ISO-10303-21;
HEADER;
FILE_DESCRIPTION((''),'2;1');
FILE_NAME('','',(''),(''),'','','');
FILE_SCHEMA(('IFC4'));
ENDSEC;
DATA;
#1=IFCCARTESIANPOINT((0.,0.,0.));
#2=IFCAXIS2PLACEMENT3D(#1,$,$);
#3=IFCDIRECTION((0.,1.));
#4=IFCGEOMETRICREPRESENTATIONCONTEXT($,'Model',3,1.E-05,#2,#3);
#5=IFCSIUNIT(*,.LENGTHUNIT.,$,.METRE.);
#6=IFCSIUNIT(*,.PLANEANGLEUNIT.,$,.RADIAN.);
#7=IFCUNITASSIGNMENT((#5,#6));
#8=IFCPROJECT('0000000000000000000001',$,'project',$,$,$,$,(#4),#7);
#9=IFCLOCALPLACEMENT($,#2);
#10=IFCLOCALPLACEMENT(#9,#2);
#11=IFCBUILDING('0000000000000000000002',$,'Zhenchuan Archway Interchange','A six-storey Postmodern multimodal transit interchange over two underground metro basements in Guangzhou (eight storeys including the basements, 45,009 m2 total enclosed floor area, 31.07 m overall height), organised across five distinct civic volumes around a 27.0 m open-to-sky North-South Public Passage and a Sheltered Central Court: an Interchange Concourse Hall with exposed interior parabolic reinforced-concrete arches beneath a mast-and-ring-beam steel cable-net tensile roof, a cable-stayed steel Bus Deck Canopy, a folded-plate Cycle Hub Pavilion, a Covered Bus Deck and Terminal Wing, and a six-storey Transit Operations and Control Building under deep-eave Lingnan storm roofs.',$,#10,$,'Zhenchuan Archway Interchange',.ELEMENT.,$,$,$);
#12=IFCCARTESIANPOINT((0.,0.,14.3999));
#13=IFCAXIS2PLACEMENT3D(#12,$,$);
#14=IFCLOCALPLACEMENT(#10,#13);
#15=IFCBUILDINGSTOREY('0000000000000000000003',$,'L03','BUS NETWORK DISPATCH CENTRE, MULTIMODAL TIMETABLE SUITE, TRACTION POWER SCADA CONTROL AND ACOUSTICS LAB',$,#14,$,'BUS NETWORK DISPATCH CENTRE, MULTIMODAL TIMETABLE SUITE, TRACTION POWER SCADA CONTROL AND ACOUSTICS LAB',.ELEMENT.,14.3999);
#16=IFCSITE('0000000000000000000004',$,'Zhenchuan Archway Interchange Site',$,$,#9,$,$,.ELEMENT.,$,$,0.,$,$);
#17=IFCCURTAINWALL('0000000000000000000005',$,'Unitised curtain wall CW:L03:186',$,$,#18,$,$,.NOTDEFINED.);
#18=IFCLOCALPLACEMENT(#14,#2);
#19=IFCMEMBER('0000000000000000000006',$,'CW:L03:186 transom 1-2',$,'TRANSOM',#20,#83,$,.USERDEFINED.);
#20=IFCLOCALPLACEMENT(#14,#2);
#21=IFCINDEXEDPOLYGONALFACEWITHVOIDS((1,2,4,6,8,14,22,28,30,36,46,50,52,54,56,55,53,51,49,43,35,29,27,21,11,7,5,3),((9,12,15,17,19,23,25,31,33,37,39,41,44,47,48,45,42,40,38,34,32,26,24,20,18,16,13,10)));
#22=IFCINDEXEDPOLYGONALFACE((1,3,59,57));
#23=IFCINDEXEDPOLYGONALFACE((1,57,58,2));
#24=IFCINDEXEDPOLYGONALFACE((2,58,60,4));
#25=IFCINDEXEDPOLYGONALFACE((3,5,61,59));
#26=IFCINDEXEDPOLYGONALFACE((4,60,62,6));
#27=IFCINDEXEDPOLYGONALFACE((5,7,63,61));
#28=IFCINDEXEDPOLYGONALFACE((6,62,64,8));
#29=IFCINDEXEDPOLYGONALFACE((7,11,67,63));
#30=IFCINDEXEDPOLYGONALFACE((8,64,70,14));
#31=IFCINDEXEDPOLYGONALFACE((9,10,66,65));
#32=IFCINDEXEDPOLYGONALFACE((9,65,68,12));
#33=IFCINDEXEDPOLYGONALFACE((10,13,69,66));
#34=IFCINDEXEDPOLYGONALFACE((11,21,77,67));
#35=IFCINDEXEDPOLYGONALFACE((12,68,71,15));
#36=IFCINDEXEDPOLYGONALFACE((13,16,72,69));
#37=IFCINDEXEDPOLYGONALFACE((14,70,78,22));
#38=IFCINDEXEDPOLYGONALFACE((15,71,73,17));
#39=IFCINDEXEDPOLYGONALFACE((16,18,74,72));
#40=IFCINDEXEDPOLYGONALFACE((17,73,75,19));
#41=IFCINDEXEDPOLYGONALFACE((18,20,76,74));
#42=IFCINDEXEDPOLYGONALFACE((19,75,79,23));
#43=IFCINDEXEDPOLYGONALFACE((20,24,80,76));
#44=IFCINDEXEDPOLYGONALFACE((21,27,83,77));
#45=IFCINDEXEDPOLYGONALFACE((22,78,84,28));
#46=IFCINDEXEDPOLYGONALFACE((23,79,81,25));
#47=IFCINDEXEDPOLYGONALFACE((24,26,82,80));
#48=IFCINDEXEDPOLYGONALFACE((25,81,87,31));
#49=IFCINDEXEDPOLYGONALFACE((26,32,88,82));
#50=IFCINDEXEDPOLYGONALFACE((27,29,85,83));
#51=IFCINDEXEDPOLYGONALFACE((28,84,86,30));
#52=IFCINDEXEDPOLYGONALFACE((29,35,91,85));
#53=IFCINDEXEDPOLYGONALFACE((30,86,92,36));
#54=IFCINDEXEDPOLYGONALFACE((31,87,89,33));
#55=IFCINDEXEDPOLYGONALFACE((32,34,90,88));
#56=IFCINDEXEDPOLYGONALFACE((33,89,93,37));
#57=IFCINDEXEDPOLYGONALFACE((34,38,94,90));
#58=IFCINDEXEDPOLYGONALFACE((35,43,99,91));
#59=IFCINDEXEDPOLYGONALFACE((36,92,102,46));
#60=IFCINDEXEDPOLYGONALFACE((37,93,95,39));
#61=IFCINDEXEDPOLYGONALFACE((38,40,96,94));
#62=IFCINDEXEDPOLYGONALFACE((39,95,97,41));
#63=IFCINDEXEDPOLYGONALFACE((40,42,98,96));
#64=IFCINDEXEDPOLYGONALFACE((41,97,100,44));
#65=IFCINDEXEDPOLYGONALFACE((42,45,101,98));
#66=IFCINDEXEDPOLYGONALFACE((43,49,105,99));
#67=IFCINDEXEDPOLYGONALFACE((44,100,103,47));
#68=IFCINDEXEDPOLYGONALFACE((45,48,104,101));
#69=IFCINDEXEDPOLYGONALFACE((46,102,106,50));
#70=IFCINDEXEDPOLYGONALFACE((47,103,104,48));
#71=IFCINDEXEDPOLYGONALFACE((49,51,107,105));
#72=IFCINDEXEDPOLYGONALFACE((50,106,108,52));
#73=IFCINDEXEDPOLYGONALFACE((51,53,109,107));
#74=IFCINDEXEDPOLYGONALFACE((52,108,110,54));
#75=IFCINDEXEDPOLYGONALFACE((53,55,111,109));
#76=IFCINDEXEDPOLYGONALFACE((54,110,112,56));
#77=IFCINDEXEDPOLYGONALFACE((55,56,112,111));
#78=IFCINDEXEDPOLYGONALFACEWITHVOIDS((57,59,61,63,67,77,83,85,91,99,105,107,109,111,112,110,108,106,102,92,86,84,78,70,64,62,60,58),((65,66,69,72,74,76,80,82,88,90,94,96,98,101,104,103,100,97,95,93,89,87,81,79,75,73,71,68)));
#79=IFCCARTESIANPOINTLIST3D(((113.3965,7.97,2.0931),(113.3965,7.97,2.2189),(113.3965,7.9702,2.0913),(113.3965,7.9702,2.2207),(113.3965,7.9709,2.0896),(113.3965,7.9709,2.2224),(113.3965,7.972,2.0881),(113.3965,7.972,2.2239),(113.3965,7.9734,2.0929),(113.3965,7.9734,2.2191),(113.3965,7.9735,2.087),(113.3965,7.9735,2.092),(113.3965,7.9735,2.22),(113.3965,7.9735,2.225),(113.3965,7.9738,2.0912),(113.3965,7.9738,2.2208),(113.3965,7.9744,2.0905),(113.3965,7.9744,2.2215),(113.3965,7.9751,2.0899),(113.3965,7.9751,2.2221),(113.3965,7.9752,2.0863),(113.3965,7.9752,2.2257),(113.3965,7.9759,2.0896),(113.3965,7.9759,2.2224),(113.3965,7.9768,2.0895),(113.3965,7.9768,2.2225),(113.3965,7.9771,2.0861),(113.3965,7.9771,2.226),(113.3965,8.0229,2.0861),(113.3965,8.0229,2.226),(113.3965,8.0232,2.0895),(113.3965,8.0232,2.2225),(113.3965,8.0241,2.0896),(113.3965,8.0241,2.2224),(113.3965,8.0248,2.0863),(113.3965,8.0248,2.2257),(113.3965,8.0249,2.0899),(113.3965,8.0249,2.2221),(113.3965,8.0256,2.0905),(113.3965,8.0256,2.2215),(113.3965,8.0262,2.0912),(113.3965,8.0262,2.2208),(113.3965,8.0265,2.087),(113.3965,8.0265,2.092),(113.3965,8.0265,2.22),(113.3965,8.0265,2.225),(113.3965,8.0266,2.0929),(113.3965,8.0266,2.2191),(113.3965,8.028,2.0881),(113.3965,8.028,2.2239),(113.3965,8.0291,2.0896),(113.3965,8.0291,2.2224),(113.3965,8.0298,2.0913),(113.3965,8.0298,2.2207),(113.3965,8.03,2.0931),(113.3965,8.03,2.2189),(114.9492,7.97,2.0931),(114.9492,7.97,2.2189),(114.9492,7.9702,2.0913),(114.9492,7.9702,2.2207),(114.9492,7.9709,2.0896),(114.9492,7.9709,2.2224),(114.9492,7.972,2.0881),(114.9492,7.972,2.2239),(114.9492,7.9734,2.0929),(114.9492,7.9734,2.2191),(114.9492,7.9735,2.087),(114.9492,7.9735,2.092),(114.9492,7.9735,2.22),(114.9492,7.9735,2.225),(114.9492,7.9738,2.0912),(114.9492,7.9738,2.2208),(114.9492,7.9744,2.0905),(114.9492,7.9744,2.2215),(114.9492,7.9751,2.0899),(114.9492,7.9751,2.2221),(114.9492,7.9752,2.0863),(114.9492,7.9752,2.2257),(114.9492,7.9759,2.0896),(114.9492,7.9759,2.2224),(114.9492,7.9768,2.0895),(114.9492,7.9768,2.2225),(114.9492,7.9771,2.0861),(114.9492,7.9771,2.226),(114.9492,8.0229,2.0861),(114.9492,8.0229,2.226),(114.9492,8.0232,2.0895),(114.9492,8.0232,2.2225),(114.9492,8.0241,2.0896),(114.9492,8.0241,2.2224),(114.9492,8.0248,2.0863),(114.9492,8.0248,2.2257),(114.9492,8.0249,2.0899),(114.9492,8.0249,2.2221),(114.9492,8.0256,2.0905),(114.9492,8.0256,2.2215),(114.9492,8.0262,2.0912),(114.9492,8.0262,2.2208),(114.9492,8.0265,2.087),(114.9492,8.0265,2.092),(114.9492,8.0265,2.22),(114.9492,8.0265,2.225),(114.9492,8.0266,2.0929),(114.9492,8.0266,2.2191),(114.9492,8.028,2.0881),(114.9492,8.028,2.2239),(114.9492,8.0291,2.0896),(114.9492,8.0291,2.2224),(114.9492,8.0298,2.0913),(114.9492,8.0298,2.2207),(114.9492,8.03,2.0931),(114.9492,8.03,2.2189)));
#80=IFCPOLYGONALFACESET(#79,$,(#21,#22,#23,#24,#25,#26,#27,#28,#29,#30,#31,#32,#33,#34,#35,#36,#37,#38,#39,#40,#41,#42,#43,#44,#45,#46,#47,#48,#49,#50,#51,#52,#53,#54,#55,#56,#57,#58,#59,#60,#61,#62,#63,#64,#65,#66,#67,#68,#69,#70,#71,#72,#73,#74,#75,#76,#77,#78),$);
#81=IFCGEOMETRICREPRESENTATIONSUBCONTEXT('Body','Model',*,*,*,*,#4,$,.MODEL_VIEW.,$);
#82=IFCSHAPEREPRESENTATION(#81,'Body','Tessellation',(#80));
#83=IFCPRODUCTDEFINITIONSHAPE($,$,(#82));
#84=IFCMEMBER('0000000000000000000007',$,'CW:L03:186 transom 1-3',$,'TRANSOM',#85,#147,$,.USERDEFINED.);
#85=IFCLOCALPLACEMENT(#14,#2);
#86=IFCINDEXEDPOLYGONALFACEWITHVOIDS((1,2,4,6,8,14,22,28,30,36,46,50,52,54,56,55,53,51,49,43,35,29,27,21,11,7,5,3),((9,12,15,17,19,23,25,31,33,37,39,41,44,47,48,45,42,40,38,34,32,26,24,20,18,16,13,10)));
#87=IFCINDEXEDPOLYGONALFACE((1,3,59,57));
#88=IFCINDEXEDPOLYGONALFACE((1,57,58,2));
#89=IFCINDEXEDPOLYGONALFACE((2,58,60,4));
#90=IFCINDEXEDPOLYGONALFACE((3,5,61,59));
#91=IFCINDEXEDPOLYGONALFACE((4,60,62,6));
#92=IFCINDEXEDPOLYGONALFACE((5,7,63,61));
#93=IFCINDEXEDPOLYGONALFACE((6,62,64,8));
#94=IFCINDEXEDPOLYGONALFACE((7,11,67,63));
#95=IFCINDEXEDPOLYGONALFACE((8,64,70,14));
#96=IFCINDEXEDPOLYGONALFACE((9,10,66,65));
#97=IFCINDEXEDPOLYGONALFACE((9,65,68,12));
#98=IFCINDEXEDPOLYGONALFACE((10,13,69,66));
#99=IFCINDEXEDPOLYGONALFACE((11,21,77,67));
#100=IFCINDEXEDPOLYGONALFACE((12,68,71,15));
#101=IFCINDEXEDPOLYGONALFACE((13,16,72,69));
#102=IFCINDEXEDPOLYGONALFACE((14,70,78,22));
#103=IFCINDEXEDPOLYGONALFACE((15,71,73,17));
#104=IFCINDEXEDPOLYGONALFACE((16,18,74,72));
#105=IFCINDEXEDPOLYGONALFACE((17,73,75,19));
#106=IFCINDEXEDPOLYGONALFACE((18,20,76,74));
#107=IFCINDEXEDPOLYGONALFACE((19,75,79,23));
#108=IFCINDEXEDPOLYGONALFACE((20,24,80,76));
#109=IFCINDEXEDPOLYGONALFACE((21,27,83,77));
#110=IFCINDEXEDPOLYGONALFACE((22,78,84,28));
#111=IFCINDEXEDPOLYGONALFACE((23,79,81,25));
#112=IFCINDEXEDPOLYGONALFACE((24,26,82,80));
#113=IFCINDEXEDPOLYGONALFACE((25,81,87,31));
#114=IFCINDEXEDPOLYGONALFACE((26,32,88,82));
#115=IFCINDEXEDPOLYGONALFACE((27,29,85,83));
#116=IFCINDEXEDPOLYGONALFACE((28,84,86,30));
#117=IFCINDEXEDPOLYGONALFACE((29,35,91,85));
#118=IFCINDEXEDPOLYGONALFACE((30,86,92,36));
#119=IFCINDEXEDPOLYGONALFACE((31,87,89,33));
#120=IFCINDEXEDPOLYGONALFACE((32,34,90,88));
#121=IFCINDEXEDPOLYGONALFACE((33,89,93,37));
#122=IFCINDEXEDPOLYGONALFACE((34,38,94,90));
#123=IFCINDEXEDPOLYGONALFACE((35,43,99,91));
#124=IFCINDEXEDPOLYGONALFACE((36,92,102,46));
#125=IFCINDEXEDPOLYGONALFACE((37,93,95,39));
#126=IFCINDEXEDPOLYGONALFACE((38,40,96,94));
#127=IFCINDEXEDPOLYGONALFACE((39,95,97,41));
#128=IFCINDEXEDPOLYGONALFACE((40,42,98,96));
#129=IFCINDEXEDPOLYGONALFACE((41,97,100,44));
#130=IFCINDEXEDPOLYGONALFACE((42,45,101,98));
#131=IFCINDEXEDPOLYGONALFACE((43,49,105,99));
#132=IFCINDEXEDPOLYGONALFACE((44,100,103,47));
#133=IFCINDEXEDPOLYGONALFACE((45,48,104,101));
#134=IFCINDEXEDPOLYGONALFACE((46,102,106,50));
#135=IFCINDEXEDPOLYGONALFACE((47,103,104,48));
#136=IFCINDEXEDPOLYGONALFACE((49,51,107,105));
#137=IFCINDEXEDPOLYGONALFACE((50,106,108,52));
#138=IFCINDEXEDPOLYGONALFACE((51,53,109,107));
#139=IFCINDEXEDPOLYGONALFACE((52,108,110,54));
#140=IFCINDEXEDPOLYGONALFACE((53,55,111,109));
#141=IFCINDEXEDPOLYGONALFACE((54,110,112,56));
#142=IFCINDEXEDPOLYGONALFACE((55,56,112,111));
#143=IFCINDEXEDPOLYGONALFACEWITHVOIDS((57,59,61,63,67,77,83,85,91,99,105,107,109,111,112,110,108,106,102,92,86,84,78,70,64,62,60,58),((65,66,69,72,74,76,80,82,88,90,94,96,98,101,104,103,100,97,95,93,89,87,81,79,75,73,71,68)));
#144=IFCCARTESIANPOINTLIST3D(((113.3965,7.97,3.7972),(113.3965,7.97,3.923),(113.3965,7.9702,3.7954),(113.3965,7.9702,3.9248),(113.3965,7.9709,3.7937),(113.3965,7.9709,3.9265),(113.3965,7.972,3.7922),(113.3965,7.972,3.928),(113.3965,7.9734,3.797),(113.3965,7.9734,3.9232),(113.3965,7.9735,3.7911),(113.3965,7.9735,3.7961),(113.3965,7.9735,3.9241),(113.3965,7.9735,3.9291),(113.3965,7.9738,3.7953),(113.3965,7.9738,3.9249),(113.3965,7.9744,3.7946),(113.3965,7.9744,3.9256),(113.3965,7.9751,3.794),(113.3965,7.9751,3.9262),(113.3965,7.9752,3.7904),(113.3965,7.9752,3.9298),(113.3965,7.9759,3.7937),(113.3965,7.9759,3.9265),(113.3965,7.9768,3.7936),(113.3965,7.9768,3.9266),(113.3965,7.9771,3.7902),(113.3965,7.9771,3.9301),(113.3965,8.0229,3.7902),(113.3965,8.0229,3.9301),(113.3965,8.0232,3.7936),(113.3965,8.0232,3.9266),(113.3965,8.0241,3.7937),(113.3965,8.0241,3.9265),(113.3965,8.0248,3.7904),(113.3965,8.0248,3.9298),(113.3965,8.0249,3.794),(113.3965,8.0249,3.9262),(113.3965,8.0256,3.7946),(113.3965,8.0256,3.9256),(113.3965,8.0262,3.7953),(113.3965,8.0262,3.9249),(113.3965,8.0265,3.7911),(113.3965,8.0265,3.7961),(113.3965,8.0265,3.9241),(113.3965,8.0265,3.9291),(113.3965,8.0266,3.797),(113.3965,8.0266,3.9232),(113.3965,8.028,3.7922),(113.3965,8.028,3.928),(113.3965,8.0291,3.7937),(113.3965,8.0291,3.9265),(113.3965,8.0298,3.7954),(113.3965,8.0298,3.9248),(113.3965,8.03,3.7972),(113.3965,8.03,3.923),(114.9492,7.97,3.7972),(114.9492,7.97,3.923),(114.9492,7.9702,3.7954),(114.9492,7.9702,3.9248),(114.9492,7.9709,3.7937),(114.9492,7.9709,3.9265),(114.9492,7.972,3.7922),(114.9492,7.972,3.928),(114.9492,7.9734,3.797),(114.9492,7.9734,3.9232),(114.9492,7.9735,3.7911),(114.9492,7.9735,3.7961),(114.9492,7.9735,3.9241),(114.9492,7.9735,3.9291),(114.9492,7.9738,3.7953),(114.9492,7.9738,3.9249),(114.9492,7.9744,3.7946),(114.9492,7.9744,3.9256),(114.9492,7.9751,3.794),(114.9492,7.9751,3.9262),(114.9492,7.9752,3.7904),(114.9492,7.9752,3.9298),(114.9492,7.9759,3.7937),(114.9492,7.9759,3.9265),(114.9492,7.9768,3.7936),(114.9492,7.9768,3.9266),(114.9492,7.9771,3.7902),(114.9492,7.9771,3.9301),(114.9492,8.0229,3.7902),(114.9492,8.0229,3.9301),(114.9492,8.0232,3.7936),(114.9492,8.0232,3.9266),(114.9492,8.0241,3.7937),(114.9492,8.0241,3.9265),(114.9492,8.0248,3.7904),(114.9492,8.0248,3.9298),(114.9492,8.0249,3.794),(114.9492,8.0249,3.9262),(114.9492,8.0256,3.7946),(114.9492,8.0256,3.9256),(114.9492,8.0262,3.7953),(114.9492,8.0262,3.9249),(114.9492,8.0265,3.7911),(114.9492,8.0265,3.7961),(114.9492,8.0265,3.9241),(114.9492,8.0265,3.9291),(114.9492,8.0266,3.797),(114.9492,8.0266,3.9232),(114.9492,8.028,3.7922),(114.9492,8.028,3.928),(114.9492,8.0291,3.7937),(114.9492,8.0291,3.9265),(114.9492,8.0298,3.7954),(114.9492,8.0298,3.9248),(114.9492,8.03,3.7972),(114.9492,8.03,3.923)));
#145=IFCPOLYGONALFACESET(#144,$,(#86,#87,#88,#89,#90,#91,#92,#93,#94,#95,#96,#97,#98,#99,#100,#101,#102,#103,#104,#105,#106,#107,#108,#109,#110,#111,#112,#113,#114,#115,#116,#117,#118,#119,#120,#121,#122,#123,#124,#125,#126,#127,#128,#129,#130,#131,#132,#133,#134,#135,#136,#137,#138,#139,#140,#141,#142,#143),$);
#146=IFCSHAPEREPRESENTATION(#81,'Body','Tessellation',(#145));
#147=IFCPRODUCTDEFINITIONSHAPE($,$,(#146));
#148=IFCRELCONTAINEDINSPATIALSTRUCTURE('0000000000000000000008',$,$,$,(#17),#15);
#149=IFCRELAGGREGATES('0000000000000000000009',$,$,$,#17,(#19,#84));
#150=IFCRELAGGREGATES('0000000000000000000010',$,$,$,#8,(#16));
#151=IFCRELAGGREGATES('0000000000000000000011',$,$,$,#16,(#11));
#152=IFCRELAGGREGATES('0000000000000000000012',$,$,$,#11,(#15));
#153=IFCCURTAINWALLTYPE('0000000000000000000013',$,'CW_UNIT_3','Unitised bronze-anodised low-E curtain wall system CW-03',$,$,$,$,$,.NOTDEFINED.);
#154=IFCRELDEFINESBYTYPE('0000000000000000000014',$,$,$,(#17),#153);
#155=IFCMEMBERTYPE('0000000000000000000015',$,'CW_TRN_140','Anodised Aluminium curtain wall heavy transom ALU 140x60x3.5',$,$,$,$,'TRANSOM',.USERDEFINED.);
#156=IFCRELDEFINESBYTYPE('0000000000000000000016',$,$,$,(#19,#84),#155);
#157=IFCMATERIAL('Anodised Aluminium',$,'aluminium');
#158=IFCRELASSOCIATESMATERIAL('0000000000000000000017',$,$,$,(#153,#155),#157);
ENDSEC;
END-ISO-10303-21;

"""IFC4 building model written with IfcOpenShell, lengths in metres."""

from ifc_helpers import new_model, si_unit, direction, frame, origin, origin_2d, place, context, subcontext, project, spatial, hollow_rectangle, extrude, material, material_profile, profile_set, type_object, element, aggregate, save


model = new_model("IFC4")

# Units and contexts
model_context = context("Model", 3, precision=1e-05, world=origin(), true_north=direction((0.0, 1.0)))
body_context = subcontext(model_context, "Body", "Model", "MODEL_VIEW")
ifc_project = project(units=[si_unit("LENGTHUNIT", "METRE"), si_unit("PLANEANGLEUNIT", "RADIAN")], contexts=[model_context])

# Site, building, storey
site_placement = place(None, origin())
site = spatial("IfcSite", under=ifc_project, at=site_placement, Name="Zhenchuan Archway Interchange Site", CompositionType="ELEMENT", RefElevation=0.0)
building_placement = place(site_placement, origin())
building = spatial("IfcBuilding", under=site, at=building_placement, Name="Zhenchuan Archway Interchange", Description="A six-storey Postmodern multimodal transit interchange over two underground metro basements in Guangzhou (eight storeys including the basements, 45,009 m2 total enclosed floor area, 31.07 m overall height), organised across five distinct civic volumes around a 27.0 m open-to-sky North-South Public Passage and a Sheltered Central Court: an Interchange Concourse Hall with exposed interior parabolic reinforced-concrete arches beneath a mast-and-ring-beam steel cable-net tensile roof, a cable-stayed steel Bus Deck Canopy, a folded-plate Cycle Hub Pavilion, a Covered Bus Deck and Terminal Wing, and a six-storey Transit Operations and Control Building under deep-eave Lingnan storm roofs.", LongName="Zhenchuan Archway Interchange", CompositionType="ELEMENT")
storey_placement = place(building_placement, frame((0.0, 0.0, 14.3999)))
storey = spatial("IfcBuildingStorey", under=building, at=storey_placement, Name="L03", Description="BUS NETWORK DISPATCH CENTRE, MULTIMODAL TIMETABLE SUITE, TRACTION POWER SCADA CONTROL AND ACOUSTICS LAB", LongName="BUS NETWORK DISPATCH CENTRE, MULTIMODAL TIMETABLE SUITE, TRACTION POWER SCADA CONTROL AND ACOUSTICS LAB", CompositionType="ELEMENT", Elevation=14.3999)

# Curtain wall, members
ifc_material_1 = material(Name="Anodised Aluminium", Category="aluminium")
curtain_wall_type = type_object("IfcCurtainWallType", Name="CW_UNIT_3", Description="Unitised bronze-anodised low-E curtain wall system CW-03", PredefinedType="NOTDEFINED", material=ifc_material_1)
curtain_wall_placement = place(storey_placement, origin())
curtain_wall = element("IfcCurtainWall", 1, at=curtain_wall_placement, inside=storey, type_object=curtain_wall_type, Name="Unitised curtain wall CW:L03:186", PredefinedType="NOTDEFINED")
ifc_material_profile_1 = material_profile(ifc_material_1, hollow_rectangle(XDim=0.0601, YDim=0.1399, WallThickness=0.0034, InnerFilletRadius=0.0034, OuterFilletRadius=0.0071, at=origin_2d()), Name="ALU 140x60x3.5")
ifc_profile_set_1 = profile_set([ifc_material_profile_1], Name="Anodised Aluminium")
member_type_1 = type_object("IfcMemberType", Name="CW_TRN_140", Description="Anodised Aluminium curtain wall heavy transom ALU 140x60x3.5", ElementType="TRANSOM", PredefinedType="USERDEFINED", material=ifc_profile_set_1)
member_1_placement = place(storey_placement, frame((114.9492, 8.0, 2.156), z_axis=(-1.0, 0.0, 0.0), x_axis=(0.0, -1.0, 0.0)))
member_1 = element("IfcMember", 2, at=member_1_placement, type_object=member_type_1, Name="CW:L03:186 transom 1-2", ObjectType="TRANSOM", PredefinedType="USERDEFINED", context=body_context, shape_type="SweptSolid", body=[
    extrude(hollow_rectangle(XDim=0.0601, YDim=0.1399, WallThickness=0.0034, InnerFilletRadius=0.0034, OuterFilletRadius=0.0071, at=origin_2d()), origin(), (0.0, 0.0, 1.0), 1.5527),
])
member_2_placement = place(storey_placement, frame((114.9492, 8.0, 3.8601), z_axis=(-1.0, 0.0, 0.0), x_axis=(0.0, -1.0, 0.0)))
member_2 = element("IfcMember", 3, at=member_2_placement, type_object=member_type_1, Name="CW:L03:186 transom 1-3", ObjectType="TRANSOM", PredefinedType="USERDEFINED", context=body_context, shape_type="SweptSolid", body=[
    extrude(hollow_rectangle(XDim=0.0601, YDim=0.1399, WallThickness=0.0034, InnerFilletRadius=0.0034, OuterFilletRadius=0.0071, at=origin_2d()), origin(), (0.0, 0.0, 1.0), 1.5527),
])

aggregate(curtain_wall, [member_1, member_2])

save(model, "model.ifc")
